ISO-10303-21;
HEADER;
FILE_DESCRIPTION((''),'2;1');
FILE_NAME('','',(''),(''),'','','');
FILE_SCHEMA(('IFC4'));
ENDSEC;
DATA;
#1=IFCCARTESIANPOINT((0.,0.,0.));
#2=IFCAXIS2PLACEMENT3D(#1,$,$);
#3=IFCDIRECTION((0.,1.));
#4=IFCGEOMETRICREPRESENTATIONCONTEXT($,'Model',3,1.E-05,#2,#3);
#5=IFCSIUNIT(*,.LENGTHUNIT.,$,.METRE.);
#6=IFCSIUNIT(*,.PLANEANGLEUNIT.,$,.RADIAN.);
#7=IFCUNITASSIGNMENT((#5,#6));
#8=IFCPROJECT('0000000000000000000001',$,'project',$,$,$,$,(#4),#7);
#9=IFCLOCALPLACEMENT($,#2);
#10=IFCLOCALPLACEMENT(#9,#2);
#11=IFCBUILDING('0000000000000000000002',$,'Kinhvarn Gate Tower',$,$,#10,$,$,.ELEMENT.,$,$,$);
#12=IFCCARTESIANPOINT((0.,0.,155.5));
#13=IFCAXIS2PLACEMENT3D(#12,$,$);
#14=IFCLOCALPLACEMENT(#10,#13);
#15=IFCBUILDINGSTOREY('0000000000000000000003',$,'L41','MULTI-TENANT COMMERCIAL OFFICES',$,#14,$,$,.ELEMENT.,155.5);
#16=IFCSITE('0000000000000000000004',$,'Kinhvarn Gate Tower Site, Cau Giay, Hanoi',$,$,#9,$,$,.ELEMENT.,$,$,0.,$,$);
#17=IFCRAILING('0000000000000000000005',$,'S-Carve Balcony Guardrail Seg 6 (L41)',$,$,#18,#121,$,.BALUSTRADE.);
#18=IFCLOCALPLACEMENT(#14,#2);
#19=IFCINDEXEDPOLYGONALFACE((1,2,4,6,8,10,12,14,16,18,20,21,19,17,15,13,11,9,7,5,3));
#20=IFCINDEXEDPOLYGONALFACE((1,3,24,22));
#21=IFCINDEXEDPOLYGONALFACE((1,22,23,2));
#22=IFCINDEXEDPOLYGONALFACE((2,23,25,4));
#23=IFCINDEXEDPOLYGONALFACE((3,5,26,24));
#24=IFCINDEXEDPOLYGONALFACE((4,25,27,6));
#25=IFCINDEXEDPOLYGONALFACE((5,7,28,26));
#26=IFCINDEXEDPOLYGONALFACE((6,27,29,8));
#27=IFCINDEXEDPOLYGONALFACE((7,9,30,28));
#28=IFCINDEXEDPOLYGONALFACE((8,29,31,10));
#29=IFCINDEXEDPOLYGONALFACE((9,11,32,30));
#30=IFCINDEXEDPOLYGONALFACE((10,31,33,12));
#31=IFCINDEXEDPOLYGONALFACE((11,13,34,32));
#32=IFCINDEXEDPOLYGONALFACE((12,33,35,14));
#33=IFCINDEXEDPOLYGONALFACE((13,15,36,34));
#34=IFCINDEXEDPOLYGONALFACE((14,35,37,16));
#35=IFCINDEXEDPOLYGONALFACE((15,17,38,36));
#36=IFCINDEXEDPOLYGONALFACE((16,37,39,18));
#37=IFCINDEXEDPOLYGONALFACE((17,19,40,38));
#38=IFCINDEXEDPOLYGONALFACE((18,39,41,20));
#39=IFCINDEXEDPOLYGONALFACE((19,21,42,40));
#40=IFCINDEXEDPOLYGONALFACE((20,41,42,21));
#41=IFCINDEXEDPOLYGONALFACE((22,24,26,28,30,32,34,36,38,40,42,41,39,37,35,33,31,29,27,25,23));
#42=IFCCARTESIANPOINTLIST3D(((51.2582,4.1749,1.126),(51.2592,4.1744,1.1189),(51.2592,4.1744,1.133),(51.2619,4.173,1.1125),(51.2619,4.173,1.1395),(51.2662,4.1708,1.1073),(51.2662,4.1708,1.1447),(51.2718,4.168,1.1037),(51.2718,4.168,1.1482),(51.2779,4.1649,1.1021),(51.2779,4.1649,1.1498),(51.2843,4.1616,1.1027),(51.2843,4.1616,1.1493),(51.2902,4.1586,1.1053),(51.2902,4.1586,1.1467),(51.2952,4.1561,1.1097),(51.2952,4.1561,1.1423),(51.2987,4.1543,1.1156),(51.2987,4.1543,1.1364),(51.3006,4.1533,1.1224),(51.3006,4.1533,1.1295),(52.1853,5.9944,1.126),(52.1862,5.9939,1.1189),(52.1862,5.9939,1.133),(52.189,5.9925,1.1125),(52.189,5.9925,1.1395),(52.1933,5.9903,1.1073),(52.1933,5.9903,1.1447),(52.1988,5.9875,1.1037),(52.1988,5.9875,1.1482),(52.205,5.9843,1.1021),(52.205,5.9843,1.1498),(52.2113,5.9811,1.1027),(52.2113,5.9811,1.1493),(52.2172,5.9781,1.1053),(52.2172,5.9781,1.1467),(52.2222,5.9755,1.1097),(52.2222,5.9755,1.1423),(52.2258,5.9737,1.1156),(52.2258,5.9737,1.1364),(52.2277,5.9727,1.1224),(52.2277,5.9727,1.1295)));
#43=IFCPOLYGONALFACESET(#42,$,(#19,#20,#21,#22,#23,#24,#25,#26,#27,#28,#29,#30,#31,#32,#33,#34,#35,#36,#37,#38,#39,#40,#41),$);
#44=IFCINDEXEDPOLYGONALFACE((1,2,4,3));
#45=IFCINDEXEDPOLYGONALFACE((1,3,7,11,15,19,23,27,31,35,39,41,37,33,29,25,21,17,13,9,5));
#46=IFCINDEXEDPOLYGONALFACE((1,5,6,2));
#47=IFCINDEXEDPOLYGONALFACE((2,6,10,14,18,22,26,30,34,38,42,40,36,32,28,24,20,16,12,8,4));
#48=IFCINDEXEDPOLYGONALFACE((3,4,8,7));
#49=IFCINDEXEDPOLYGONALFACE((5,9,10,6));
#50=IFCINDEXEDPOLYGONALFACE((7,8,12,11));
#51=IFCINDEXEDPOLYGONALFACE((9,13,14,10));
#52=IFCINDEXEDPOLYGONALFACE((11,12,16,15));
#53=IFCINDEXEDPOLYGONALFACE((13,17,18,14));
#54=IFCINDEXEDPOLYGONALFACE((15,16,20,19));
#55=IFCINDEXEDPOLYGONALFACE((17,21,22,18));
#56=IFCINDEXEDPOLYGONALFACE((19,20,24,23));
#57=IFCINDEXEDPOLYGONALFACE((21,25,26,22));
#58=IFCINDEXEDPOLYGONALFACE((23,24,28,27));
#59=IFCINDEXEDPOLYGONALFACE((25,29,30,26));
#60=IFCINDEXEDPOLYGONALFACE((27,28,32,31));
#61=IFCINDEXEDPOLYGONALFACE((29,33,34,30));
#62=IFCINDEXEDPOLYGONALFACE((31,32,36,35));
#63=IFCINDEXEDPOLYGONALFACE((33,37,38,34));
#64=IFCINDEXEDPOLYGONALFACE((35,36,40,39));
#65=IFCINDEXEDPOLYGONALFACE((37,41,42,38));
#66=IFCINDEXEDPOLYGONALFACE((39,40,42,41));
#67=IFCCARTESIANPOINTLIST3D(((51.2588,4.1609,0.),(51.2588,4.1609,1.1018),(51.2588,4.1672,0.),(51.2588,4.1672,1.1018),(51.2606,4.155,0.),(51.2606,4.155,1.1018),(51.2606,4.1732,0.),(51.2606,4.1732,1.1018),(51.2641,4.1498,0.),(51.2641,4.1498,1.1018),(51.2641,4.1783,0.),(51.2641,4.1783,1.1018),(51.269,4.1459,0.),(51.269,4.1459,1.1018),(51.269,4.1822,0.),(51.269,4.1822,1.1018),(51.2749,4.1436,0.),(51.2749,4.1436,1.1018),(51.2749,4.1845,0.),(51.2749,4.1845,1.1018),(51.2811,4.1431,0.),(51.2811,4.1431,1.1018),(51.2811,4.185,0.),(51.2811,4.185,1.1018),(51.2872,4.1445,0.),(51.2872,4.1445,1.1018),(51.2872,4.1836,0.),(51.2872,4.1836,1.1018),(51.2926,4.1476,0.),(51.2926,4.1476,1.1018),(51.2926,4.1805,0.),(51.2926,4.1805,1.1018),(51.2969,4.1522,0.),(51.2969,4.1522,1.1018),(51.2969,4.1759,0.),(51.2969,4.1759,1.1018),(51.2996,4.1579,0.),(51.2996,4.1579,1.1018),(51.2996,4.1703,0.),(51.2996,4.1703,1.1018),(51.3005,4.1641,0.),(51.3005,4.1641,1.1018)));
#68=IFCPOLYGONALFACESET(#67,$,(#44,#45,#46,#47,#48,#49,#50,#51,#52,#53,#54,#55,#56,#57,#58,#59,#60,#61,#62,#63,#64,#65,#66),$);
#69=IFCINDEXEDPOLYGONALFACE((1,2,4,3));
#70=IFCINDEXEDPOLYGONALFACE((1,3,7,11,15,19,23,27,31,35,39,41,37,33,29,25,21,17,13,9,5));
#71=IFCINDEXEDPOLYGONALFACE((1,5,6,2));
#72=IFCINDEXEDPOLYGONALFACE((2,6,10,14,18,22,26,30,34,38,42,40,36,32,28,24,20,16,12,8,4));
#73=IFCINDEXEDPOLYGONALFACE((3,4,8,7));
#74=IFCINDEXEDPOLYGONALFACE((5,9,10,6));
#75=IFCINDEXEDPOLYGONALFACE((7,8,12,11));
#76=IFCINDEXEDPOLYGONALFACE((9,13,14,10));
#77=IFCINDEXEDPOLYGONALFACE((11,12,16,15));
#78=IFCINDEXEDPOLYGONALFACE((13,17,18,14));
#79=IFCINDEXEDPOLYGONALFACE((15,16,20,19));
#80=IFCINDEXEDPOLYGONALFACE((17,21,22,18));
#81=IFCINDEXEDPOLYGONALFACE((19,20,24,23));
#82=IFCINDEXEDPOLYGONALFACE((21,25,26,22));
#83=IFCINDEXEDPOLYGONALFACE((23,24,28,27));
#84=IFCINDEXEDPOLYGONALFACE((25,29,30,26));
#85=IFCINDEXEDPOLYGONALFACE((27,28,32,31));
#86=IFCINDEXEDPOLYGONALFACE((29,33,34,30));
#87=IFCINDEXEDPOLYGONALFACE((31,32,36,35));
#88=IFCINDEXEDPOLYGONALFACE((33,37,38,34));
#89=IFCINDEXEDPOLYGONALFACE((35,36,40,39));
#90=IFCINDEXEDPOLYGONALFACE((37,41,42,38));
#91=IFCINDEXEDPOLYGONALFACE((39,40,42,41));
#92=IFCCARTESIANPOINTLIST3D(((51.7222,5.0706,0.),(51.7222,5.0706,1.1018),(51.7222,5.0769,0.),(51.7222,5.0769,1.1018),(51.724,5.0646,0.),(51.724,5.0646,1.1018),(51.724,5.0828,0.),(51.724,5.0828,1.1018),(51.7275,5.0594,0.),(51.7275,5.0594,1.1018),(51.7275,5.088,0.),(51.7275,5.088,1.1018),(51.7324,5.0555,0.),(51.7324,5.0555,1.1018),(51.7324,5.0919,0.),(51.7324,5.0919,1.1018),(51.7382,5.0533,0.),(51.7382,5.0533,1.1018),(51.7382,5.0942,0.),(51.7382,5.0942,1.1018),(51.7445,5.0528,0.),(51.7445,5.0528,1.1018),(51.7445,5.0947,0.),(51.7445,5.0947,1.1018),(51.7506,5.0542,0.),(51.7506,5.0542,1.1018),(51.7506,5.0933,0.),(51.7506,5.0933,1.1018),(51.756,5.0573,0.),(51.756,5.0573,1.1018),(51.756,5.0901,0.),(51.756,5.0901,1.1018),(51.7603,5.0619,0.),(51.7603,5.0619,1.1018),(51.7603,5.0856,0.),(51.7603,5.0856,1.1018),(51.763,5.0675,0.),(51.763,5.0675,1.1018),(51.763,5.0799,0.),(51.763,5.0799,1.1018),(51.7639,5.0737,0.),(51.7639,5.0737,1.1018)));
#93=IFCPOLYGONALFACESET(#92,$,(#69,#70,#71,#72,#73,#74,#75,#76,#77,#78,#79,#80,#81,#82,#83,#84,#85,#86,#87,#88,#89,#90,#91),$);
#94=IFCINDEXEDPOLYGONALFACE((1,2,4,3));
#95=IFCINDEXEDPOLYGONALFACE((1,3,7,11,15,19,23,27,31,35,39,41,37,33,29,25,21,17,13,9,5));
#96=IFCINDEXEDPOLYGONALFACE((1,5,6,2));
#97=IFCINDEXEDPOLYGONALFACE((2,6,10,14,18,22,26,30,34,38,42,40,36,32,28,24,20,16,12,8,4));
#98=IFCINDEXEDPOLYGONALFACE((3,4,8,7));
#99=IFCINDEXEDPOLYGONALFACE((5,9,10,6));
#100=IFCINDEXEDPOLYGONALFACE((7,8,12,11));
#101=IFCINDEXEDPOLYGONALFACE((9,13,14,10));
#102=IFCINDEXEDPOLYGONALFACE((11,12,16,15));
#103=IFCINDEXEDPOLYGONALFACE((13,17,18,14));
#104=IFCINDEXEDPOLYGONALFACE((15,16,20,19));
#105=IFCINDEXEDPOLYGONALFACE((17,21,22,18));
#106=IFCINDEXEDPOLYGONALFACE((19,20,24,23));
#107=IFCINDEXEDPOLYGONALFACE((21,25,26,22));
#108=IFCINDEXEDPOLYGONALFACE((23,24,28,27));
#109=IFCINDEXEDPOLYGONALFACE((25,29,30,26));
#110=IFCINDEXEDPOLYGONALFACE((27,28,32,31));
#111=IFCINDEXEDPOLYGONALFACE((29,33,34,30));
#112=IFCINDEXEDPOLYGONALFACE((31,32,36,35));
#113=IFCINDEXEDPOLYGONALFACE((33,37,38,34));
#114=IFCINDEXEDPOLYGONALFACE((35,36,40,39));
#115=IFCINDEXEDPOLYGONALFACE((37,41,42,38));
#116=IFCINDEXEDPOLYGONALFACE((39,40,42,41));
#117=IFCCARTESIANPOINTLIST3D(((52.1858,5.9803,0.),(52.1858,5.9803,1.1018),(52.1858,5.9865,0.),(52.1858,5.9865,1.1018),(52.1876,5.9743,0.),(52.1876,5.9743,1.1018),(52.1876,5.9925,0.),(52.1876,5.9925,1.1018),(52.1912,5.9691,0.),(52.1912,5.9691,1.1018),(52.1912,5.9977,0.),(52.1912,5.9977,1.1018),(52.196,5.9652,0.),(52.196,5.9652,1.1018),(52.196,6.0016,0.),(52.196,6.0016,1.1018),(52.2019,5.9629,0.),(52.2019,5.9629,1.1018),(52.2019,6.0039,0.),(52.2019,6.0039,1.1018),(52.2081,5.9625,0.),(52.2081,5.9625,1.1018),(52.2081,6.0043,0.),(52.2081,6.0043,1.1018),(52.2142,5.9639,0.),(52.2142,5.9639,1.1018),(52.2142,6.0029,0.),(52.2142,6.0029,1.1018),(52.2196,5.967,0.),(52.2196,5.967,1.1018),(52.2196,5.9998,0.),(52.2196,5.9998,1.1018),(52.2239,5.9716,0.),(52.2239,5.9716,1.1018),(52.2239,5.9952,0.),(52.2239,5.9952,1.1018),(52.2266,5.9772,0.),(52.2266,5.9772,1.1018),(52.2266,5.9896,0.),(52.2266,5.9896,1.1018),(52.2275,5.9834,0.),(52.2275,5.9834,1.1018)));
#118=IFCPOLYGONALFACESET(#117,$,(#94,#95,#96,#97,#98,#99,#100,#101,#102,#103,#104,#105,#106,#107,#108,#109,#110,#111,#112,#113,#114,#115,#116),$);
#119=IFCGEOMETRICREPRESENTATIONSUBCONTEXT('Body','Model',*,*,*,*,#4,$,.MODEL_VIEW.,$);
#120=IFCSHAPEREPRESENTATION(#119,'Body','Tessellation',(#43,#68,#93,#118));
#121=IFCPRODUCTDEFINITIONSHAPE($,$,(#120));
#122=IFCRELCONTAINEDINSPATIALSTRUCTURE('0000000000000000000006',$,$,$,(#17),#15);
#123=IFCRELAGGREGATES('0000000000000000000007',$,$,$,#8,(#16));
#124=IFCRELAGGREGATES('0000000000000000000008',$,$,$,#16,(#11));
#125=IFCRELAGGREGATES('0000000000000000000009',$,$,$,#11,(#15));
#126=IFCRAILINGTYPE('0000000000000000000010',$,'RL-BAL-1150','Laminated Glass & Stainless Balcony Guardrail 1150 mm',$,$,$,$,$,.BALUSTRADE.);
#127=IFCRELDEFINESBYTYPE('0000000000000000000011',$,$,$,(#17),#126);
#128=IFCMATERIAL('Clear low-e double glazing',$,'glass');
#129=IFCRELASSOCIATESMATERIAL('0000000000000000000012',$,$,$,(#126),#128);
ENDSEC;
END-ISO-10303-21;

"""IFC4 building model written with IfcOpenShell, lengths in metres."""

from ifc_helpers import new_model, si_unit, direction, frame, origin, origin_2d, place, context, subcontext, project, spatial, circle, extrude, material, type_object, element, save


model = new_model("IFC4")

# Units and contexts
model_context = context("Model", 3, precision=1e-05, world=origin(), true_north=direction((0.0, 1.0)))
body_context = subcontext(model_context, "Body", "Model", "MODEL_VIEW")
ifc_project = project(units=[si_unit("LENGTHUNIT", "METRE"), si_unit("PLANEANGLEUNIT", "RADIAN")], contexts=[model_context])

# Site, building, storey
site_placement = place(None, origin())
site = spatial("IfcSite", under=ifc_project, at=site_placement, Name="Kinhvarn Gate Tower Site, Cau Giay, Hanoi", CompositionType="ELEMENT", RefElevation=0.0)
building_placement = place(site_placement, origin())
building = spatial("IfcBuilding", under=site, at=building_placement, Name="Kinhvarn Gate Tower", CompositionType="ELEMENT")
storey_placement = place(building_placement, frame((0.0, 0.0, 155.5)))
storey = spatial("IfcBuildingStorey", under=building, at=storey_placement, Name="L41", Description="MULTI-TENANT COMMERCIAL OFFICES", CompositionType="ELEMENT", Elevation=155.5)

# Shared definitions
ifc_material_1 = material(Name="Clear low-e double glazing", Category="glass")

# Railing
railing_type = type_object("IfcRailingType", Name="RL-BAL-1150", Description="Laminated Glass & Stainless Balcony Guardrail 1150 mm", PredefinedType="BALUSTRADE", material=ifc_material_1)
railing_1_placement = place(storey_placement, frame((51.2795, 4.1641, 0.0)))
element("IfcRailing", 1, at=railing_1_placement, inside=storey, type_object=railing_type, Name="S-Carve Balcony Guardrail Seg 6 (L41)", PredefinedType="BALUSTRADE", context=body_context, shape_type="SweptSolid", body=[
    extrude(circle(Radius=0.0239, at=origin_2d()), frame((0.0, 0.0, 1.126), z_axis=(0.453992, 0.891006, 0.0), x_axis=(-0.891006, 0.453992, 0.0)), (0.0, 0.0, 1.0), 2.042),
    extrude(circle(Radius=0.021, at=origin_2d()), origin(), (0.0, 0.0, 1.0), 1.1018),
    extrude(circle(Radius=0.021, at=origin_2d()), frame((0.4634, 0.9097, 0.0)), (0.0, 0.0, 1.0), 1.1018),
    extrude(circle(Radius=0.021, at=origin_2d()), frame((0.927, 1.8193, 0.0)), (0.0, 0.0, 1.0), 1.1018),
])

save(model, "model.ifc")
